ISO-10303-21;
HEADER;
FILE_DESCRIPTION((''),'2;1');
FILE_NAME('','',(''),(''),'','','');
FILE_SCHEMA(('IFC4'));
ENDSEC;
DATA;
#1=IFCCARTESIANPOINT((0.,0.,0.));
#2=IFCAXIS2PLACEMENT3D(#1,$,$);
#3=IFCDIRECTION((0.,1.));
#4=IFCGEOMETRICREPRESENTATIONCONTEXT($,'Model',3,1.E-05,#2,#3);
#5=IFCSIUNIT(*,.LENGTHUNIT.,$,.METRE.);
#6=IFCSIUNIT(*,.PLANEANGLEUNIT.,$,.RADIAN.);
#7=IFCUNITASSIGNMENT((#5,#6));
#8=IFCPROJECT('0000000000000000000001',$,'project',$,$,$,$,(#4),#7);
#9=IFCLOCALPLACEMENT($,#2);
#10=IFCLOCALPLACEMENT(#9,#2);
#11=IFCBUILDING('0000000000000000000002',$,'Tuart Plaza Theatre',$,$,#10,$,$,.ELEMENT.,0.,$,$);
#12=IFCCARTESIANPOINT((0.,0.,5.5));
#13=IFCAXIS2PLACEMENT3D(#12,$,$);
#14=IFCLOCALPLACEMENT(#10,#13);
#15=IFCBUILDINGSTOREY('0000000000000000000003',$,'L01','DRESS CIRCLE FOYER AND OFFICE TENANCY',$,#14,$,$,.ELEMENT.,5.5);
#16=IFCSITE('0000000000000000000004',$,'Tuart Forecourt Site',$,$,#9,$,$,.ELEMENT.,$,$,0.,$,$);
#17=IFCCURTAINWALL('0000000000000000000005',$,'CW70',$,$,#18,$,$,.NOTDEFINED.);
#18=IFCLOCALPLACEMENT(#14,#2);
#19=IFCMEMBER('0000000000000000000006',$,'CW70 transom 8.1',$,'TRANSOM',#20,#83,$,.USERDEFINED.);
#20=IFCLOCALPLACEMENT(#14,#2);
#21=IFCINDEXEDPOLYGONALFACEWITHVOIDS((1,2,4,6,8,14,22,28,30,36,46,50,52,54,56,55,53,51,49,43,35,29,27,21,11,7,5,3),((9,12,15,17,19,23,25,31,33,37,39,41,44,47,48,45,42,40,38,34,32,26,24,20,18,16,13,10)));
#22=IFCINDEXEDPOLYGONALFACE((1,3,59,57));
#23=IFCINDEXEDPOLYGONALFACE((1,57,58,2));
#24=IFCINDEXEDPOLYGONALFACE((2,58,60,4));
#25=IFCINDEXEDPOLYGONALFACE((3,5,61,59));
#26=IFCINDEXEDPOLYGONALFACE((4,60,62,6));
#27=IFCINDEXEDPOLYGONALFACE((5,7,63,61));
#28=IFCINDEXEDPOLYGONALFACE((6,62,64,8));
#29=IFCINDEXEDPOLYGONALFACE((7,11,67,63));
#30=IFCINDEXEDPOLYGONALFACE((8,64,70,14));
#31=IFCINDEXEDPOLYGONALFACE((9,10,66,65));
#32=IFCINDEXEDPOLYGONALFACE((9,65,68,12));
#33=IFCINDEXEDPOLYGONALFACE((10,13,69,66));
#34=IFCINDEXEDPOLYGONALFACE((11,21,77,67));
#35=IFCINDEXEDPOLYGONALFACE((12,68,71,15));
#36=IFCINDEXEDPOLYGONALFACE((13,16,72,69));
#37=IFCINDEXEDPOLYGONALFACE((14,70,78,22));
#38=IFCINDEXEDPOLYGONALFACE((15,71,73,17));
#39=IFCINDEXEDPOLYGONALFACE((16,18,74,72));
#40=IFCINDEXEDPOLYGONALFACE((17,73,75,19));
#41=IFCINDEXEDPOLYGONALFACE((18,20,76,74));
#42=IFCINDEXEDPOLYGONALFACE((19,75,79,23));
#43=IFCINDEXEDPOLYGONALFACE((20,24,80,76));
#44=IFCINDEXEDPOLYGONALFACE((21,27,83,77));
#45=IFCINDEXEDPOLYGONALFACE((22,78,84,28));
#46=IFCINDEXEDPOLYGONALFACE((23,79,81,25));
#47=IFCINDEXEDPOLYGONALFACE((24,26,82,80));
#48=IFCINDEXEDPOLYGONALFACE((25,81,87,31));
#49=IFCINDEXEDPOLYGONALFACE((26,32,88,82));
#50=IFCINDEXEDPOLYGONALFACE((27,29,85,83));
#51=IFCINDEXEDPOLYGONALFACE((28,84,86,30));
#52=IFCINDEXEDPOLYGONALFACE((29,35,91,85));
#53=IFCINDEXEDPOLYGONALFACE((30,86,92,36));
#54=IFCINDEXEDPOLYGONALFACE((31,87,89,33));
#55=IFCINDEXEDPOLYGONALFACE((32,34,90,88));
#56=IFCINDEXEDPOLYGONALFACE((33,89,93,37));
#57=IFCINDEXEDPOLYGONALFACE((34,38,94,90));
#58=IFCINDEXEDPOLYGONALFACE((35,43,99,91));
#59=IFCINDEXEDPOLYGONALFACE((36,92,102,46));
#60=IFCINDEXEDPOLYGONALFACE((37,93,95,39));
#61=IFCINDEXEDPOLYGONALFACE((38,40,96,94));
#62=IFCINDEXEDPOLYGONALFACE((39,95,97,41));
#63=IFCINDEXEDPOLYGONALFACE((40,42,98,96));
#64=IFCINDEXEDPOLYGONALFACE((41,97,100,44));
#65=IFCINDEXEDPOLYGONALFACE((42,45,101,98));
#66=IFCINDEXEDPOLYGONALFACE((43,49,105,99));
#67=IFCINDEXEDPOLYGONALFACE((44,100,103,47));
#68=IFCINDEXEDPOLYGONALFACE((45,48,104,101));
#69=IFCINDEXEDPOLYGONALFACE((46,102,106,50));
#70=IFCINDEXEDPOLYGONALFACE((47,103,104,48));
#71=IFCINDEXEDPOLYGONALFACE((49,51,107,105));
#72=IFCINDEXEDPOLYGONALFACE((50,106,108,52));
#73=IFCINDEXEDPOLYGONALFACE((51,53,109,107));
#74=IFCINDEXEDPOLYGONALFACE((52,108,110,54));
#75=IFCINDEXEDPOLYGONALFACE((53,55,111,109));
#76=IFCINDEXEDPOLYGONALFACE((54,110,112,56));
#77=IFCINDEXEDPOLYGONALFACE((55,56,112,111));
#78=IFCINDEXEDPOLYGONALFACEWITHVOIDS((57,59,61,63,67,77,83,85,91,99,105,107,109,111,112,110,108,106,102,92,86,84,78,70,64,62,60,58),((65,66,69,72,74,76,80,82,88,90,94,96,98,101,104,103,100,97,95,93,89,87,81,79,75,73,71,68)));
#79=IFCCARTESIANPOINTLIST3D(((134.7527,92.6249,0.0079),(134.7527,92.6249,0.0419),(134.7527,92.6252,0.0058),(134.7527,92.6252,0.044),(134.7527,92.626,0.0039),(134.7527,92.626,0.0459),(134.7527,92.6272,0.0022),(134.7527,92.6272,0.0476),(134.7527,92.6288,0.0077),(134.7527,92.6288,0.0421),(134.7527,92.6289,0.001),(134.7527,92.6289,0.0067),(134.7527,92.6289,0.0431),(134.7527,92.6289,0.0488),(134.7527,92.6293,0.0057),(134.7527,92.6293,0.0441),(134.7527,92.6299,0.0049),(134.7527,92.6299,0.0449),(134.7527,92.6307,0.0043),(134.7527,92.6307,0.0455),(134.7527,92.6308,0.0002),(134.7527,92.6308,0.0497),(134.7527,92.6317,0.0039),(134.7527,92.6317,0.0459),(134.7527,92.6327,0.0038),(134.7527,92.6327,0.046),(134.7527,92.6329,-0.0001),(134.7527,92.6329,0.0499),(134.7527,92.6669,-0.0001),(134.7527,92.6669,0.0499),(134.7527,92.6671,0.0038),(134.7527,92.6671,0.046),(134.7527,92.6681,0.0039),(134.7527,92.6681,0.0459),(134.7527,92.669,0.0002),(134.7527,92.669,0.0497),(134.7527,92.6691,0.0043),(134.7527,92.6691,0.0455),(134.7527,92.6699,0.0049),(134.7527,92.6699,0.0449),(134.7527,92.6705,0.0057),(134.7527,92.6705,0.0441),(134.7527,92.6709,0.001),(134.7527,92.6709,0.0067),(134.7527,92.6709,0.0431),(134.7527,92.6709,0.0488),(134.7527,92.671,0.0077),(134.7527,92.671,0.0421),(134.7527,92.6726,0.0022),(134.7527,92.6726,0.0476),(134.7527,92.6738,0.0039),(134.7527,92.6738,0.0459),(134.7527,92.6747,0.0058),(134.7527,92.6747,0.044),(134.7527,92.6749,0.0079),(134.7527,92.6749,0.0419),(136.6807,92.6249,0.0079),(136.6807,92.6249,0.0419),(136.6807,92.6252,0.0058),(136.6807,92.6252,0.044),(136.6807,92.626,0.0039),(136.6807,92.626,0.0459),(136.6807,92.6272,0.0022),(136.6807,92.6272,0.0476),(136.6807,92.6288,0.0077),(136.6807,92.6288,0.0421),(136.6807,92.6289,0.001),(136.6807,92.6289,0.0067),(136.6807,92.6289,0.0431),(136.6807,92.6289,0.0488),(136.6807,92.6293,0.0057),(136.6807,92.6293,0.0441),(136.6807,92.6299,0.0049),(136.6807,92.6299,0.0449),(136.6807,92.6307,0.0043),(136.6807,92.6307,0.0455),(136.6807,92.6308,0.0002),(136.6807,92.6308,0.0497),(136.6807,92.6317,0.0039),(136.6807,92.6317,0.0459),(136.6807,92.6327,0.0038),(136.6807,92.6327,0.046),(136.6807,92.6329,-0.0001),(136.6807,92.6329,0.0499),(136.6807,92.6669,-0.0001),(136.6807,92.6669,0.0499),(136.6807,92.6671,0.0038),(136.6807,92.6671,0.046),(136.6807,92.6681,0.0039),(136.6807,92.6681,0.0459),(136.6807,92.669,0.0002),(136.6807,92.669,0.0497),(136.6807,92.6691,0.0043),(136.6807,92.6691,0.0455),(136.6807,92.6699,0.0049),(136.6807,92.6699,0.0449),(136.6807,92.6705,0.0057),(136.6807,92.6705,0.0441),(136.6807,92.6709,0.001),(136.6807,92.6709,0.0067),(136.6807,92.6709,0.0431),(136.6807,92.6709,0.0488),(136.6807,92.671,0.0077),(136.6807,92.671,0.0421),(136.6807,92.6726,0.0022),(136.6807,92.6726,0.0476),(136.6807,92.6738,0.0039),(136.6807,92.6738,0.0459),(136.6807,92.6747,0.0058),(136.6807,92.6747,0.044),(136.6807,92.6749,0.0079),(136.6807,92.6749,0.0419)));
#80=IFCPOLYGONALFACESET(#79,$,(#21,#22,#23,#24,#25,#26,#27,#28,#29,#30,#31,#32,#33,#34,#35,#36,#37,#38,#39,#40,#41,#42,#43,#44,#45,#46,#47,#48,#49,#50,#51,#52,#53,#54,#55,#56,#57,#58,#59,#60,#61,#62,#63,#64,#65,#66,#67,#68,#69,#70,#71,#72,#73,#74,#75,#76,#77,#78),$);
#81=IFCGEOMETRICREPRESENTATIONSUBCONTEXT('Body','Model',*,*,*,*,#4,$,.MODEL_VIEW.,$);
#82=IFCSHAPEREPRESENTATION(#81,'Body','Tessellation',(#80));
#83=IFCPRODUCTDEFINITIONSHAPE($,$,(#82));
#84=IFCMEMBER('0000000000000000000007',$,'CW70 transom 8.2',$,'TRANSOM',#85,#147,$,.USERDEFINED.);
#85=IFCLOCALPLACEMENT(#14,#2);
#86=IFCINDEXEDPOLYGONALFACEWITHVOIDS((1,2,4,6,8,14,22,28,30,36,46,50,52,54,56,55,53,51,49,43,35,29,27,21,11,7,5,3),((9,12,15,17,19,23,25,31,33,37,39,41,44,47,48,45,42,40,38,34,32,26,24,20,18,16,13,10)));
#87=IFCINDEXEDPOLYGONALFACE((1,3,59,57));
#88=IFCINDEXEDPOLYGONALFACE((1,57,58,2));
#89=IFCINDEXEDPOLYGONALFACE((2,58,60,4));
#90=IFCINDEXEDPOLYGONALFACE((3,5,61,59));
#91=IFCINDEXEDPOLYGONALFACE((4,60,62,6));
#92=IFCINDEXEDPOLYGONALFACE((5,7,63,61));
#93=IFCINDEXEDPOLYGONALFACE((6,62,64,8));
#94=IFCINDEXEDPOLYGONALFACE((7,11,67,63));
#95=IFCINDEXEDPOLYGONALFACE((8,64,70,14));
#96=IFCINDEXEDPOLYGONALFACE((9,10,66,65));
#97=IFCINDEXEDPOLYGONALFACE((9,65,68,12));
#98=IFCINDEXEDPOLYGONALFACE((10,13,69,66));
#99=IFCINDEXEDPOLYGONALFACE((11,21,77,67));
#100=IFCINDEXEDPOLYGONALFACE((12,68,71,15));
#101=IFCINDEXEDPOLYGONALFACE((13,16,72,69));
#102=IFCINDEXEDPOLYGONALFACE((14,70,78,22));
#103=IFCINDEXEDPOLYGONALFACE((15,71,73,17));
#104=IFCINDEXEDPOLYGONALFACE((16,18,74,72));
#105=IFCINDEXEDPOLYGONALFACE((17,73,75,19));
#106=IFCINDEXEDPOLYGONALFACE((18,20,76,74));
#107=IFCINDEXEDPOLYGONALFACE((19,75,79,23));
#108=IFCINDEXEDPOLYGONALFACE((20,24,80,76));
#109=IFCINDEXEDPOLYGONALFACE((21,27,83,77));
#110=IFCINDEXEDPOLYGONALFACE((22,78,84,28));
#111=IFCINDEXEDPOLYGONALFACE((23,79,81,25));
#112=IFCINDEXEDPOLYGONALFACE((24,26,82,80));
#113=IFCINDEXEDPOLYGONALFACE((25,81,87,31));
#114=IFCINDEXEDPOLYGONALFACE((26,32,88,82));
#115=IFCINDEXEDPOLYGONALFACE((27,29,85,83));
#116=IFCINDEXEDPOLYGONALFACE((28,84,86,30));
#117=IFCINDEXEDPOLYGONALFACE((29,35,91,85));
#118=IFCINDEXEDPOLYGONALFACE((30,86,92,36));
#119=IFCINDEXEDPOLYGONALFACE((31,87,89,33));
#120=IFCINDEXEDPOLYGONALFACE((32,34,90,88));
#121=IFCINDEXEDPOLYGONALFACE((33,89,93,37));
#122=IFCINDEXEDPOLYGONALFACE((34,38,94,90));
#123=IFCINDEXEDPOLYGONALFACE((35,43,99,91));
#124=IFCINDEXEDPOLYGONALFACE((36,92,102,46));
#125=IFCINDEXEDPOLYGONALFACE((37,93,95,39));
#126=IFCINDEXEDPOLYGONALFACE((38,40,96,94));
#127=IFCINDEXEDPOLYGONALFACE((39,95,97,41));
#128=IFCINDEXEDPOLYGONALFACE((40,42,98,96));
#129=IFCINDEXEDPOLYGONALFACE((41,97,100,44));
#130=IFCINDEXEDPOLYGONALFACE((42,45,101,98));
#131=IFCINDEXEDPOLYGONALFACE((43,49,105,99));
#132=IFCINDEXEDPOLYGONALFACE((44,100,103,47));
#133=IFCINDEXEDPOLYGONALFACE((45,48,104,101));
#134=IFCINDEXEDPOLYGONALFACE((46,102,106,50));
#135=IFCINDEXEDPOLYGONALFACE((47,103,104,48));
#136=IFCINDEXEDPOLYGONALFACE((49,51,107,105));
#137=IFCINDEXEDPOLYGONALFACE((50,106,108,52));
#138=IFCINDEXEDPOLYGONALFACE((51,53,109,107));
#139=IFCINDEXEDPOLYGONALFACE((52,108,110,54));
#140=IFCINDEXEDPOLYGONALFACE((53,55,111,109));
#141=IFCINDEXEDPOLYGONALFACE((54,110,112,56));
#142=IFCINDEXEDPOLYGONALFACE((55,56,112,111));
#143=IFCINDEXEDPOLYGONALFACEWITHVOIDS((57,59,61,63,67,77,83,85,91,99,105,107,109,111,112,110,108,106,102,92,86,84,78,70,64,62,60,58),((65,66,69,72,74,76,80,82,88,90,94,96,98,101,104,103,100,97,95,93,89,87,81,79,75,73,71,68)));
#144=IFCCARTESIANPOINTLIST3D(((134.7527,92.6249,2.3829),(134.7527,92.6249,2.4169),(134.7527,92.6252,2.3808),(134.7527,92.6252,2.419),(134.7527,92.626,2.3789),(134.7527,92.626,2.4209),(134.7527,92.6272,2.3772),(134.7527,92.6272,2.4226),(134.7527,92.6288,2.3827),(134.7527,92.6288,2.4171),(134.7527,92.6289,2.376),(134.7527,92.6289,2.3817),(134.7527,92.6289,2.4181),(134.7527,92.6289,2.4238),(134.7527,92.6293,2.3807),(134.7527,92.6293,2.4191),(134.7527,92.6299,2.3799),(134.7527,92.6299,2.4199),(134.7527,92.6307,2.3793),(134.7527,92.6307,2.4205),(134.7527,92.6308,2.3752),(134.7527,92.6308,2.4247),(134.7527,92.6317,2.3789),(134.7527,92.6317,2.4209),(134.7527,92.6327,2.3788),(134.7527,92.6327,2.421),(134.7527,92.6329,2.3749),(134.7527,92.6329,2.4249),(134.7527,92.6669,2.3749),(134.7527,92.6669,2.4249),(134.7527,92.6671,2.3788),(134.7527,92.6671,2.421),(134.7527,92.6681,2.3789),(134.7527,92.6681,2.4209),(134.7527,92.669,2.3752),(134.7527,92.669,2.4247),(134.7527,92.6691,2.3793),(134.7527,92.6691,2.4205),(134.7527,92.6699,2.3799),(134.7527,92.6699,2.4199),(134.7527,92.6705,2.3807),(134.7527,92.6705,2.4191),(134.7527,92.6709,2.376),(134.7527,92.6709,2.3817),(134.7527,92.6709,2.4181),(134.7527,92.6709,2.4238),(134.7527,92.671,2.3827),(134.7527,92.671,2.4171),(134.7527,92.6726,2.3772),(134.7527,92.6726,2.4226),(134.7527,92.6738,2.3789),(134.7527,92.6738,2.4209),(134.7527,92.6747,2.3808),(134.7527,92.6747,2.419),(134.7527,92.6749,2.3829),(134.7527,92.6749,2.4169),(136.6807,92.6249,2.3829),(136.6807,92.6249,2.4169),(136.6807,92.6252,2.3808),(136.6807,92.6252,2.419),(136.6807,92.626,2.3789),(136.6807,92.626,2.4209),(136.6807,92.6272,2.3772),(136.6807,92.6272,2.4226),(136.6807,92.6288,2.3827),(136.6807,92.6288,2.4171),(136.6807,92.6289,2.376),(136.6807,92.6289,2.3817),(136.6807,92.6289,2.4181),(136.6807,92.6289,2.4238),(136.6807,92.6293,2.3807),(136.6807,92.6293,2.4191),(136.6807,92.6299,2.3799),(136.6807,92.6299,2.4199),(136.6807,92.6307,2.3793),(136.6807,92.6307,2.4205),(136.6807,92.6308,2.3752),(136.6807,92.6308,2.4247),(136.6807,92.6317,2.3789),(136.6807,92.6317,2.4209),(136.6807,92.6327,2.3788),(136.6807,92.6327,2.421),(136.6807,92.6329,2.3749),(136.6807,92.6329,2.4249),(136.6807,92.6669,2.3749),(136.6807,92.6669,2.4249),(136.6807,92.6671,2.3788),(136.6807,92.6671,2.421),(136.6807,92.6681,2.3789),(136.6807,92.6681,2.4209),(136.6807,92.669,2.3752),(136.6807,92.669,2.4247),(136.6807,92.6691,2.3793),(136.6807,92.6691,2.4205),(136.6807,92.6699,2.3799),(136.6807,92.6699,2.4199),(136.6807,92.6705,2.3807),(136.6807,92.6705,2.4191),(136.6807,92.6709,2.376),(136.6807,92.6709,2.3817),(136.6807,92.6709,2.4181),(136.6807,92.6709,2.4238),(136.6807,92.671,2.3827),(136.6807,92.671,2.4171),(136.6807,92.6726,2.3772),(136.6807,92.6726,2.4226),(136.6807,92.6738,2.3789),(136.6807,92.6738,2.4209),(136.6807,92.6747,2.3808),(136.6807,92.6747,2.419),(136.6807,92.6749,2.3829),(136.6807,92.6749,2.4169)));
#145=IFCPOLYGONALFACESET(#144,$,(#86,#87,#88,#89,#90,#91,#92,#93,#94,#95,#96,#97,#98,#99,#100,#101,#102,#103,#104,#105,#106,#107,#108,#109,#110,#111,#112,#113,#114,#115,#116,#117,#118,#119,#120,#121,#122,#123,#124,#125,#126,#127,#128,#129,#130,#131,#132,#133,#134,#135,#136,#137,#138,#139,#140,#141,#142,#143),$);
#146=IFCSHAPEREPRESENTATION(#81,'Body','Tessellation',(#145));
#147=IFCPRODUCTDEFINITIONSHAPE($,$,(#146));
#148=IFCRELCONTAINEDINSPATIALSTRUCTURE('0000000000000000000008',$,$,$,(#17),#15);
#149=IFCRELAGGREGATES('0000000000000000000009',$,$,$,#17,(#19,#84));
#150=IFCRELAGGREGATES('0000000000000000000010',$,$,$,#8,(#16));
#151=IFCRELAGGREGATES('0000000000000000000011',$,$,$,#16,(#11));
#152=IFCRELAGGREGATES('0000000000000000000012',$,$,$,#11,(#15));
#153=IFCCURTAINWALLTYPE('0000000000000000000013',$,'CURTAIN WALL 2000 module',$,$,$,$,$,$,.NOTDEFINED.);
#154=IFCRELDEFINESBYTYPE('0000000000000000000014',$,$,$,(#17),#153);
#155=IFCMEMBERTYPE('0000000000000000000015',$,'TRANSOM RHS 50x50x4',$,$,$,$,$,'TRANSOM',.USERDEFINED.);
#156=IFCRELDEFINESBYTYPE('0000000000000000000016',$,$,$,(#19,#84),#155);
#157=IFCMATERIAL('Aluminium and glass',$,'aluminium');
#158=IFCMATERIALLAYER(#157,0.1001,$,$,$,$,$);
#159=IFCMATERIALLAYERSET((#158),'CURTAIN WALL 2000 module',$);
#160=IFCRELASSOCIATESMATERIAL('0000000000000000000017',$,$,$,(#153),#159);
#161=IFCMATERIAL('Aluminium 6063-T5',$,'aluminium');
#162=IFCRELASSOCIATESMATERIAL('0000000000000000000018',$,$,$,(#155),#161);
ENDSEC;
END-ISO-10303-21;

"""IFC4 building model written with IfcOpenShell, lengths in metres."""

from ifc_helpers import new_model, si_unit, direction, frame, origin, origin_2d, place, context, subcontext, project, spatial, hollow_rectangle, extrude, material, layer, layer_set, material_profile, profile_set, type_object, element, aggregate, save


model = new_model("IFC4")

# Units and contexts
model_context = context("Model", 3, precision=1e-05, world=origin(), true_north=direction((0.0, 1.0)))
body_context = subcontext(model_context, "Body", "Model", "MODEL_VIEW")
ifc_project = project(units=[si_unit("LENGTHUNIT", "METRE"), si_unit("PLANEANGLEUNIT", "RADIAN")], contexts=[model_context])

# Site, building, storey
site_placement = place(None, origin())
site = spatial("IfcSite", under=ifc_project, at=site_placement, Name="Tuart Forecourt Site", CompositionType="ELEMENT", RefElevation=0.0)
building_placement = place(site_placement, origin())
building = spatial("IfcBuilding", under=site, at=building_placement, Name="Tuart Plaza Theatre", CompositionType="ELEMENT", ElevationOfRefHeight=0.0)
storey_placement = place(building_placement, frame((0.0, 0.0, 5.5)))
storey = spatial("IfcBuildingStorey", under=building, at=storey_placement, Name="L01", Description="DRESS CIRCLE FOYER AND OFFICE TENANCY", CompositionType="ELEMENT", Elevation=5.5)

# Curtain wall, members
ifc_material_1 = material(Name="Aluminium and glass", Category="aluminium")
ifc_layer_1 = layer(ifc_material_1, 0.1001)
ifc_layer_set_1 = layer_set([ifc_layer_1], Name="CURTAIN WALL 2000 module")
curtain_wall_type = type_object("IfcCurtainWallType", Name="CURTAIN WALL 2000 module", PredefinedType="NOTDEFINED", material=ifc_layer_set_1)
curtain_wall_placement = place(storey_placement, origin())
curtain_wall = element("IfcCurtainWall", 1, at=curtain_wall_placement, inside=storey, type_object=curtain_wall_type, Name="CW70", PredefinedType="NOTDEFINED")
ifc_material_2 = material(Name="Aluminium 6063-T5", Category="aluminium")
ifc_material_profile_1 = material_profile(ifc_material_2, hollow_rectangle(XDim=0.05, YDim=0.05, WallThickness=0.0039, InnerFilletRadius=0.0039, OuterFilletRadius=0.0081, at=origin_2d()), Name="RHS 50x50x4")
ifc_profile_set_1 = profile_set([ifc_material_profile_1], Name="Aluminium 6063-T5")
member_type_1 = type_object("IfcMemberType", Name="TRANSOM RHS 50x50x4", ElementType="TRANSOM", PredefinedType="USERDEFINED", material=ifc_profile_set_1)
member_1_placement = place(storey_placement, frame((136.6807, 92.6499, 0.0249), z_axis=(-1.0, 0.0, 0.0), x_axis=(0.0, -1.0, 0.0)))
member_1 = element("IfcMember", 2, at=member_1_placement, type_object=member_type_1, Name="CW70 transom 8.1", ObjectType="TRANSOM", PredefinedType="USERDEFINED", context=body_context, shape_type="SweptSolid", body=[
    extrude(hollow_rectangle(XDim=0.05, YDim=0.05, WallThickness=0.0039, InnerFilletRadius=0.0039, OuterFilletRadius=0.0081, at=origin_2d()), origin(), (0.0, 0.0, 1.0), 1.928),
])
member_2_placement = place(storey_placement, frame((136.6807, 92.6499, 2.3999), z_axis=(-1.0, 0.0, 0.0), x_axis=(0.0, -1.0, 0.0)))
member_2 = element("IfcMember", 3, at=member_2_placement, type_object=member_type_1, Name="CW70 transom 8.2", ObjectType="TRANSOM", PredefinedType="USERDEFINED", context=body_context, shape_type="SweptSolid", body=[
    extrude(hollow_rectangle(XDim=0.05, YDim=0.05, WallThickness=0.0039, InnerFilletRadius=0.0039, OuterFilletRadius=0.0081, at=origin_2d()), origin(), (0.0, 0.0, 1.0), 1.928),
])
aggregate(curtain_wall, [member_1, member_2])

save(model, "model.ifc")
